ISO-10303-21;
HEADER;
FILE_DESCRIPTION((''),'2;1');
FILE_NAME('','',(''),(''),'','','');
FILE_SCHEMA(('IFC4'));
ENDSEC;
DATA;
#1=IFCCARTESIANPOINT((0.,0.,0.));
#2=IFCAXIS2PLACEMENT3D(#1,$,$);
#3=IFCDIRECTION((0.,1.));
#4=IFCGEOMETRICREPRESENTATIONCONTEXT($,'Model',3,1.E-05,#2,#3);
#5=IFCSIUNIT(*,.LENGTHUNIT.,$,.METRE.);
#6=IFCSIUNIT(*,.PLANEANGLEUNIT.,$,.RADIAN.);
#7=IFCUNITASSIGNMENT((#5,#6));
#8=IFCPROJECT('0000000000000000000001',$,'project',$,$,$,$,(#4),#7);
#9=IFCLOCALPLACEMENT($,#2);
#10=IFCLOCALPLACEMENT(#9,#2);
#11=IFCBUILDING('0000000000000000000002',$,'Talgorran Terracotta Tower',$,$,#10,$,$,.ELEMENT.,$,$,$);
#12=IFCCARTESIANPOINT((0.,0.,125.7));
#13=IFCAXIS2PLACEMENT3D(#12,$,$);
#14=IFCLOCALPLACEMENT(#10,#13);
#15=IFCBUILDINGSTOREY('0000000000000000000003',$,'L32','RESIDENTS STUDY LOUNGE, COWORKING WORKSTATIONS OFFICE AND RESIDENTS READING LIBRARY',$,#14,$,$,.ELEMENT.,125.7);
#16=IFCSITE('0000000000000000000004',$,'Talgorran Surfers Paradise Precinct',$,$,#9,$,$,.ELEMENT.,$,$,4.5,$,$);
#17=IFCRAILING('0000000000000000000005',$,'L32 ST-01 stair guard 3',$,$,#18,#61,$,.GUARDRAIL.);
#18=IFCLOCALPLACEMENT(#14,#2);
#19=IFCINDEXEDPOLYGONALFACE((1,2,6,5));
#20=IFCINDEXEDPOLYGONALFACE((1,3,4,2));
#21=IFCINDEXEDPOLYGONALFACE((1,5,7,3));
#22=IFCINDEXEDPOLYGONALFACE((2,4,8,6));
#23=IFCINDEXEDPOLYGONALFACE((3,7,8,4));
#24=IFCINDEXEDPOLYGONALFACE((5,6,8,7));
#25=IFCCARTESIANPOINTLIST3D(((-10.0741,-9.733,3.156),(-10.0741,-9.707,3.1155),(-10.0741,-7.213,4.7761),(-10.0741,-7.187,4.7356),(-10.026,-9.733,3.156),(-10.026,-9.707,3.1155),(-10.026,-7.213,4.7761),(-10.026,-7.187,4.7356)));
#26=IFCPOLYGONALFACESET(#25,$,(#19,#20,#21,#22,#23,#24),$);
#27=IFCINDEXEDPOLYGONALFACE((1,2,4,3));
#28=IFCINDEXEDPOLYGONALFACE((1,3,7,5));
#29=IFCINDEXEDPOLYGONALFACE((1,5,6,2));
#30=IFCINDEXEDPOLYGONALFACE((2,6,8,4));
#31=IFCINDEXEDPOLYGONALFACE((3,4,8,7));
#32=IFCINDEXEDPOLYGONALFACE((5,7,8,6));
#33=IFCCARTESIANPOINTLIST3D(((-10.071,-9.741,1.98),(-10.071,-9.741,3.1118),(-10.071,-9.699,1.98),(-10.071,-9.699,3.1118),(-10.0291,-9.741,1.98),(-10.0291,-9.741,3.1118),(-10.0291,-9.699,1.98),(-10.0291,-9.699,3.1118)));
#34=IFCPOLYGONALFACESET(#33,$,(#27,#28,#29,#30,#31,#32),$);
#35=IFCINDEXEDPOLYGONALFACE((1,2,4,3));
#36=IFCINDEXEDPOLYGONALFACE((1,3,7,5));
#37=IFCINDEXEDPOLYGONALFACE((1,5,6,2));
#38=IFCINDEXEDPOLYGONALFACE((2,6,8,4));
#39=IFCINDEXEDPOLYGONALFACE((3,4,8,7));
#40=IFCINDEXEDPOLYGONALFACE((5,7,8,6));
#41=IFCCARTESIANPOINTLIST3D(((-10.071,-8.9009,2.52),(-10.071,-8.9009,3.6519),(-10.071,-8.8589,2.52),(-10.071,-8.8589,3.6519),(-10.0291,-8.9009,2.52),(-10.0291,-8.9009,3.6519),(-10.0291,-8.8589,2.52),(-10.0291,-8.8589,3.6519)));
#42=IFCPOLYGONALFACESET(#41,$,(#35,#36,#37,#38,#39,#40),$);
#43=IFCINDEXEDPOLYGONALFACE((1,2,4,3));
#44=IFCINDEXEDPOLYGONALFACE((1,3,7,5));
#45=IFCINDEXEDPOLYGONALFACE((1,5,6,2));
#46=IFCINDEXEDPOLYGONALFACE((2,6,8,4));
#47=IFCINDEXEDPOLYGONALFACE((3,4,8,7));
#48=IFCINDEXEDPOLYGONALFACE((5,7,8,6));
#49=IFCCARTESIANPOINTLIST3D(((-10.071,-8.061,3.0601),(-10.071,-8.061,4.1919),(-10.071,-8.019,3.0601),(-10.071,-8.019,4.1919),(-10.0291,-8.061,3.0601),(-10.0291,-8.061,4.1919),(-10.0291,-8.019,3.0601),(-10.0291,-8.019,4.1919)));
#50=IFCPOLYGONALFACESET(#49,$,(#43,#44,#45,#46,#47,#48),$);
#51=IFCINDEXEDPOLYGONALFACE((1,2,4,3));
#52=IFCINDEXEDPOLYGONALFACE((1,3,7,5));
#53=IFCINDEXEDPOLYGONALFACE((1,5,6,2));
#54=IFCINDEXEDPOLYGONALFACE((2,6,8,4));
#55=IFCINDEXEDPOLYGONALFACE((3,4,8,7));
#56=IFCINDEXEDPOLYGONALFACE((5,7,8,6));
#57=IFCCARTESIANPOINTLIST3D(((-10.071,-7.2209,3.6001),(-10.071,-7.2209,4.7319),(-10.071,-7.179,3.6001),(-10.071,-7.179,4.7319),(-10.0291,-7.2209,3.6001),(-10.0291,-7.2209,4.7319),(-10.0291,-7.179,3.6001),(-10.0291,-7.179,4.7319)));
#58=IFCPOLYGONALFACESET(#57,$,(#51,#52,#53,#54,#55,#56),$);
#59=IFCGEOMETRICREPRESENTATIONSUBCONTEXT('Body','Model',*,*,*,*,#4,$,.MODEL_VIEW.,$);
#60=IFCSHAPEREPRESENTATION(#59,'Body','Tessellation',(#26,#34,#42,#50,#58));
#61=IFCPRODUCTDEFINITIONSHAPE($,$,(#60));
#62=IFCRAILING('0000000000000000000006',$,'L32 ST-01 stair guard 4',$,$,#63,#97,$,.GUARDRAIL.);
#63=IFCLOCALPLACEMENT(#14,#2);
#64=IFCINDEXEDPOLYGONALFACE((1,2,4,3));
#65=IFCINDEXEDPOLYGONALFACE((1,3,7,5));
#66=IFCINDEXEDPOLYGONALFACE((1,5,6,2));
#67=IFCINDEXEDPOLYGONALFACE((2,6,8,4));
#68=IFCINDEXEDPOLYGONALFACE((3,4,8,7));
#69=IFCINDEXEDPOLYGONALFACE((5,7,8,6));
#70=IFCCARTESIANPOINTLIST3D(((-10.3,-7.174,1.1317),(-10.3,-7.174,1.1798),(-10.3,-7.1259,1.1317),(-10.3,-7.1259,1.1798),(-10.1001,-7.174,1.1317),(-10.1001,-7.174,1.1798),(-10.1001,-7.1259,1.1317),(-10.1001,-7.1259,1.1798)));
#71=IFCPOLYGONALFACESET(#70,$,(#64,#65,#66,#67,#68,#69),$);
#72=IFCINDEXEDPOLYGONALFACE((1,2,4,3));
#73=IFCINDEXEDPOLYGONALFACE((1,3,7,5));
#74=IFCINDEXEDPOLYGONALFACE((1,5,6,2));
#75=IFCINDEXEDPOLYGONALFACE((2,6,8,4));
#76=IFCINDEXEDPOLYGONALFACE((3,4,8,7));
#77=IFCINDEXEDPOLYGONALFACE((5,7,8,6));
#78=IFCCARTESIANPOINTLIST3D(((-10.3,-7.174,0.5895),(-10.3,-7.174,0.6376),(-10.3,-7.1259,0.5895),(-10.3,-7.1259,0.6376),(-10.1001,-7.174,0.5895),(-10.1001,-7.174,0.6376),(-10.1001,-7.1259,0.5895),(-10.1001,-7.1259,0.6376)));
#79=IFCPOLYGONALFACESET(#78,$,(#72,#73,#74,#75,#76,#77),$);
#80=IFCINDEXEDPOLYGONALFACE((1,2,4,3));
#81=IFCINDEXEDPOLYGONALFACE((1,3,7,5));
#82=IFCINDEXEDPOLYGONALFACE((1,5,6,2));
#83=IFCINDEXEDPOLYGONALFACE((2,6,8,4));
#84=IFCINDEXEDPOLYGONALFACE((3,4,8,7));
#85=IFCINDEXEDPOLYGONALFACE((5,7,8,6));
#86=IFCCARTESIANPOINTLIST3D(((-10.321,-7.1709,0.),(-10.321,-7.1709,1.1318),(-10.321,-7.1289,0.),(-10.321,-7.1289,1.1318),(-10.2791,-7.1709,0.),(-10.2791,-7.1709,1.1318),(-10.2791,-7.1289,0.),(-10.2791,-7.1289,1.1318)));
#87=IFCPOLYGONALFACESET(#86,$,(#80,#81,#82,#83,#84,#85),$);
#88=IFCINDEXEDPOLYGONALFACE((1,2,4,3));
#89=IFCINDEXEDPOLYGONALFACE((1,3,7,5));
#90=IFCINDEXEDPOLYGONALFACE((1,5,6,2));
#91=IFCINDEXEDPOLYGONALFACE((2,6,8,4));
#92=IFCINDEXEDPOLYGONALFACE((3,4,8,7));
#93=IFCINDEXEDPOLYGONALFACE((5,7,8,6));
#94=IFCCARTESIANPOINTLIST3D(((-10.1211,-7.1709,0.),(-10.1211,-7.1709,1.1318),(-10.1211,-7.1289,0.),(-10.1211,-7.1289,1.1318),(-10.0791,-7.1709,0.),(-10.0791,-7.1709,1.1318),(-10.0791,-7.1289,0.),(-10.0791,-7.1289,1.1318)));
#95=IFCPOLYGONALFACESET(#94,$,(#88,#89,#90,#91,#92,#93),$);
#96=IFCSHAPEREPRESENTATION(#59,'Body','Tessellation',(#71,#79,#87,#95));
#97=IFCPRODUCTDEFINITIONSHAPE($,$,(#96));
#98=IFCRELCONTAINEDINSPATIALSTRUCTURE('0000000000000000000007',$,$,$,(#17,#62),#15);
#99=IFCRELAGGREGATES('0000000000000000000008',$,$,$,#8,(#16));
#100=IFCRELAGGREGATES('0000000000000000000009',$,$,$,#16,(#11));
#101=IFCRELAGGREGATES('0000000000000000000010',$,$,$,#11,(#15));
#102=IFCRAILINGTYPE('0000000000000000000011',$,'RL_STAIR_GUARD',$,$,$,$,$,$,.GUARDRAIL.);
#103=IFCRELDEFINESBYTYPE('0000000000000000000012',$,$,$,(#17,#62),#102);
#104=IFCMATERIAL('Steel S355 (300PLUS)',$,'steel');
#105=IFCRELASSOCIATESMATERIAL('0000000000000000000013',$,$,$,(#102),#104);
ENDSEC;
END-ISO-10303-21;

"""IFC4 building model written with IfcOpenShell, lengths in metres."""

from ifc_helpers import new_model, si_unit, direction, frame, origin, origin_2d, place, context, subcontext, project, spatial, rectangle, extrude, material, type_object, element, save


model = new_model("IFC4")

# Units and contexts
model_context = context("Model", 3, precision=1e-05, world=origin(), true_north=direction((0.0, 1.0)))
body_context = subcontext(model_context, "Body", "Model", "MODEL_VIEW")
ifc_project = project(units=[si_unit("LENGTHUNIT", "METRE"), si_unit("PLANEANGLEUNIT", "RADIAN")], contexts=[model_context])

# Site, building, storey
site_placement = place(None, origin())
site = spatial("IfcSite", under=ifc_project, at=site_placement, Name="Talgorran Surfers Paradise Precinct", CompositionType="ELEMENT", RefElevation=4.5)
building_placement = place(site_placement, origin())
building = spatial("IfcBuilding", under=site, at=building_placement, Name="Talgorran Terracotta Tower", CompositionType="ELEMENT")
storey_placement = place(building_placement, frame((0.0, 0.0, 125.7)))
storey = spatial("IfcBuildingStorey", under=building, at=storey_placement, Name="L32", Description="RESIDENTS STUDY LOUNGE, COWORKING WORKSTATIONS OFFICE AND RESIDENTS READING LIBRARY", CompositionType="ELEMENT", Elevation=125.7)

# Railings
ifc_material_1 = material(Name="Steel S355 (300PLUS)", Category="steel")
railing_type_1 = type_object("IfcRailingType", Name="RL_STAIR_GUARD", PredefinedType="GUARDRAIL", material=ifc_material_1)
railing_1_placement = place(storey_placement, frame((-10.05, -9.72, 1.98)))
element("IfcRailing", 1, at=railing_1_placement, inside=storey, type_object=railing_type_1, Name="L32 ST-01 stair guard 3", PredefinedType="GUARDRAIL", context=body_context, shape_type="SweptSolid", body=[
    extrude(rectangle(XDim=0.0481, YDim=0.0481, at=origin_2d()), frame((0.0, 0.0, 1.1558), z_axis=(0.0, 0.841163, 0.540782), x_axis=(-1.0, 0.0, 0.0)), (0.0, 0.0, 1.0), 2.9958),
    extrude(rectangle(XDim=0.042, YDim=0.042, at=origin_2d()), origin(), (0.0, 0.0, 1.0), 1.1318),
    extrude(rectangle(XDim=0.042, YDim=0.042, at=origin_2d()), frame((0.0, 0.8401, 0.54)), (0.0, 0.0, 1.0), 1.1318),
    extrude(rectangle(XDim=0.042, YDim=0.042, at=origin_2d()), frame((0.0, 1.6799, 1.0801)), (0.0, 0.0, 1.0), 1.1318),
    extrude(rectangle(XDim=0.042, YDim=0.042, at=origin_2d()), frame((0.0, 2.52, 1.6201)), (0.0, 0.0, 1.0), 1.1318),
])
railing_2_placement = place(storey_placement, frame((-10.3, -7.1499, 0.0)))
element("IfcRailing", 2, at=railing_2_placement, inside=storey, type_object=railing_type_1, Name="L32 ST-01 stair guard 4", PredefinedType="GUARDRAIL", context=body_context, shape_type="SweptSolid", body=[
    extrude(rectangle(XDim=0.0481, YDim=0.0481, at=origin_2d()), frame((0.0, 0.0, 1.1558), z_axis=(1.0, 0.0, 0.0), x_axis=(0.0, 1.0, 0.0)), (0.0, 0.0, 1.0), 0.2),
    extrude(rectangle(XDim=0.0481, YDim=0.0481, at=origin_2d()), frame((0.0, 0.0, 0.6135), z_axis=(1.0, 0.0, 0.0), x_axis=(0.0, 1.0, 0.0)), (0.0, 0.0, 1.0), 0.2),
    extrude(rectangle(XDim=0.042, YDim=0.042, at=origin_2d()), origin(), (0.0, 0.0, 1.0), 1.1318),
    extrude(rectangle(XDim=0.042, YDim=0.042, at=origin_2d()), frame((0.2, 0.0, 0.0)), (0.0, 0.0, 1.0), 1.1318),
])

save(model, "model.ifc")
